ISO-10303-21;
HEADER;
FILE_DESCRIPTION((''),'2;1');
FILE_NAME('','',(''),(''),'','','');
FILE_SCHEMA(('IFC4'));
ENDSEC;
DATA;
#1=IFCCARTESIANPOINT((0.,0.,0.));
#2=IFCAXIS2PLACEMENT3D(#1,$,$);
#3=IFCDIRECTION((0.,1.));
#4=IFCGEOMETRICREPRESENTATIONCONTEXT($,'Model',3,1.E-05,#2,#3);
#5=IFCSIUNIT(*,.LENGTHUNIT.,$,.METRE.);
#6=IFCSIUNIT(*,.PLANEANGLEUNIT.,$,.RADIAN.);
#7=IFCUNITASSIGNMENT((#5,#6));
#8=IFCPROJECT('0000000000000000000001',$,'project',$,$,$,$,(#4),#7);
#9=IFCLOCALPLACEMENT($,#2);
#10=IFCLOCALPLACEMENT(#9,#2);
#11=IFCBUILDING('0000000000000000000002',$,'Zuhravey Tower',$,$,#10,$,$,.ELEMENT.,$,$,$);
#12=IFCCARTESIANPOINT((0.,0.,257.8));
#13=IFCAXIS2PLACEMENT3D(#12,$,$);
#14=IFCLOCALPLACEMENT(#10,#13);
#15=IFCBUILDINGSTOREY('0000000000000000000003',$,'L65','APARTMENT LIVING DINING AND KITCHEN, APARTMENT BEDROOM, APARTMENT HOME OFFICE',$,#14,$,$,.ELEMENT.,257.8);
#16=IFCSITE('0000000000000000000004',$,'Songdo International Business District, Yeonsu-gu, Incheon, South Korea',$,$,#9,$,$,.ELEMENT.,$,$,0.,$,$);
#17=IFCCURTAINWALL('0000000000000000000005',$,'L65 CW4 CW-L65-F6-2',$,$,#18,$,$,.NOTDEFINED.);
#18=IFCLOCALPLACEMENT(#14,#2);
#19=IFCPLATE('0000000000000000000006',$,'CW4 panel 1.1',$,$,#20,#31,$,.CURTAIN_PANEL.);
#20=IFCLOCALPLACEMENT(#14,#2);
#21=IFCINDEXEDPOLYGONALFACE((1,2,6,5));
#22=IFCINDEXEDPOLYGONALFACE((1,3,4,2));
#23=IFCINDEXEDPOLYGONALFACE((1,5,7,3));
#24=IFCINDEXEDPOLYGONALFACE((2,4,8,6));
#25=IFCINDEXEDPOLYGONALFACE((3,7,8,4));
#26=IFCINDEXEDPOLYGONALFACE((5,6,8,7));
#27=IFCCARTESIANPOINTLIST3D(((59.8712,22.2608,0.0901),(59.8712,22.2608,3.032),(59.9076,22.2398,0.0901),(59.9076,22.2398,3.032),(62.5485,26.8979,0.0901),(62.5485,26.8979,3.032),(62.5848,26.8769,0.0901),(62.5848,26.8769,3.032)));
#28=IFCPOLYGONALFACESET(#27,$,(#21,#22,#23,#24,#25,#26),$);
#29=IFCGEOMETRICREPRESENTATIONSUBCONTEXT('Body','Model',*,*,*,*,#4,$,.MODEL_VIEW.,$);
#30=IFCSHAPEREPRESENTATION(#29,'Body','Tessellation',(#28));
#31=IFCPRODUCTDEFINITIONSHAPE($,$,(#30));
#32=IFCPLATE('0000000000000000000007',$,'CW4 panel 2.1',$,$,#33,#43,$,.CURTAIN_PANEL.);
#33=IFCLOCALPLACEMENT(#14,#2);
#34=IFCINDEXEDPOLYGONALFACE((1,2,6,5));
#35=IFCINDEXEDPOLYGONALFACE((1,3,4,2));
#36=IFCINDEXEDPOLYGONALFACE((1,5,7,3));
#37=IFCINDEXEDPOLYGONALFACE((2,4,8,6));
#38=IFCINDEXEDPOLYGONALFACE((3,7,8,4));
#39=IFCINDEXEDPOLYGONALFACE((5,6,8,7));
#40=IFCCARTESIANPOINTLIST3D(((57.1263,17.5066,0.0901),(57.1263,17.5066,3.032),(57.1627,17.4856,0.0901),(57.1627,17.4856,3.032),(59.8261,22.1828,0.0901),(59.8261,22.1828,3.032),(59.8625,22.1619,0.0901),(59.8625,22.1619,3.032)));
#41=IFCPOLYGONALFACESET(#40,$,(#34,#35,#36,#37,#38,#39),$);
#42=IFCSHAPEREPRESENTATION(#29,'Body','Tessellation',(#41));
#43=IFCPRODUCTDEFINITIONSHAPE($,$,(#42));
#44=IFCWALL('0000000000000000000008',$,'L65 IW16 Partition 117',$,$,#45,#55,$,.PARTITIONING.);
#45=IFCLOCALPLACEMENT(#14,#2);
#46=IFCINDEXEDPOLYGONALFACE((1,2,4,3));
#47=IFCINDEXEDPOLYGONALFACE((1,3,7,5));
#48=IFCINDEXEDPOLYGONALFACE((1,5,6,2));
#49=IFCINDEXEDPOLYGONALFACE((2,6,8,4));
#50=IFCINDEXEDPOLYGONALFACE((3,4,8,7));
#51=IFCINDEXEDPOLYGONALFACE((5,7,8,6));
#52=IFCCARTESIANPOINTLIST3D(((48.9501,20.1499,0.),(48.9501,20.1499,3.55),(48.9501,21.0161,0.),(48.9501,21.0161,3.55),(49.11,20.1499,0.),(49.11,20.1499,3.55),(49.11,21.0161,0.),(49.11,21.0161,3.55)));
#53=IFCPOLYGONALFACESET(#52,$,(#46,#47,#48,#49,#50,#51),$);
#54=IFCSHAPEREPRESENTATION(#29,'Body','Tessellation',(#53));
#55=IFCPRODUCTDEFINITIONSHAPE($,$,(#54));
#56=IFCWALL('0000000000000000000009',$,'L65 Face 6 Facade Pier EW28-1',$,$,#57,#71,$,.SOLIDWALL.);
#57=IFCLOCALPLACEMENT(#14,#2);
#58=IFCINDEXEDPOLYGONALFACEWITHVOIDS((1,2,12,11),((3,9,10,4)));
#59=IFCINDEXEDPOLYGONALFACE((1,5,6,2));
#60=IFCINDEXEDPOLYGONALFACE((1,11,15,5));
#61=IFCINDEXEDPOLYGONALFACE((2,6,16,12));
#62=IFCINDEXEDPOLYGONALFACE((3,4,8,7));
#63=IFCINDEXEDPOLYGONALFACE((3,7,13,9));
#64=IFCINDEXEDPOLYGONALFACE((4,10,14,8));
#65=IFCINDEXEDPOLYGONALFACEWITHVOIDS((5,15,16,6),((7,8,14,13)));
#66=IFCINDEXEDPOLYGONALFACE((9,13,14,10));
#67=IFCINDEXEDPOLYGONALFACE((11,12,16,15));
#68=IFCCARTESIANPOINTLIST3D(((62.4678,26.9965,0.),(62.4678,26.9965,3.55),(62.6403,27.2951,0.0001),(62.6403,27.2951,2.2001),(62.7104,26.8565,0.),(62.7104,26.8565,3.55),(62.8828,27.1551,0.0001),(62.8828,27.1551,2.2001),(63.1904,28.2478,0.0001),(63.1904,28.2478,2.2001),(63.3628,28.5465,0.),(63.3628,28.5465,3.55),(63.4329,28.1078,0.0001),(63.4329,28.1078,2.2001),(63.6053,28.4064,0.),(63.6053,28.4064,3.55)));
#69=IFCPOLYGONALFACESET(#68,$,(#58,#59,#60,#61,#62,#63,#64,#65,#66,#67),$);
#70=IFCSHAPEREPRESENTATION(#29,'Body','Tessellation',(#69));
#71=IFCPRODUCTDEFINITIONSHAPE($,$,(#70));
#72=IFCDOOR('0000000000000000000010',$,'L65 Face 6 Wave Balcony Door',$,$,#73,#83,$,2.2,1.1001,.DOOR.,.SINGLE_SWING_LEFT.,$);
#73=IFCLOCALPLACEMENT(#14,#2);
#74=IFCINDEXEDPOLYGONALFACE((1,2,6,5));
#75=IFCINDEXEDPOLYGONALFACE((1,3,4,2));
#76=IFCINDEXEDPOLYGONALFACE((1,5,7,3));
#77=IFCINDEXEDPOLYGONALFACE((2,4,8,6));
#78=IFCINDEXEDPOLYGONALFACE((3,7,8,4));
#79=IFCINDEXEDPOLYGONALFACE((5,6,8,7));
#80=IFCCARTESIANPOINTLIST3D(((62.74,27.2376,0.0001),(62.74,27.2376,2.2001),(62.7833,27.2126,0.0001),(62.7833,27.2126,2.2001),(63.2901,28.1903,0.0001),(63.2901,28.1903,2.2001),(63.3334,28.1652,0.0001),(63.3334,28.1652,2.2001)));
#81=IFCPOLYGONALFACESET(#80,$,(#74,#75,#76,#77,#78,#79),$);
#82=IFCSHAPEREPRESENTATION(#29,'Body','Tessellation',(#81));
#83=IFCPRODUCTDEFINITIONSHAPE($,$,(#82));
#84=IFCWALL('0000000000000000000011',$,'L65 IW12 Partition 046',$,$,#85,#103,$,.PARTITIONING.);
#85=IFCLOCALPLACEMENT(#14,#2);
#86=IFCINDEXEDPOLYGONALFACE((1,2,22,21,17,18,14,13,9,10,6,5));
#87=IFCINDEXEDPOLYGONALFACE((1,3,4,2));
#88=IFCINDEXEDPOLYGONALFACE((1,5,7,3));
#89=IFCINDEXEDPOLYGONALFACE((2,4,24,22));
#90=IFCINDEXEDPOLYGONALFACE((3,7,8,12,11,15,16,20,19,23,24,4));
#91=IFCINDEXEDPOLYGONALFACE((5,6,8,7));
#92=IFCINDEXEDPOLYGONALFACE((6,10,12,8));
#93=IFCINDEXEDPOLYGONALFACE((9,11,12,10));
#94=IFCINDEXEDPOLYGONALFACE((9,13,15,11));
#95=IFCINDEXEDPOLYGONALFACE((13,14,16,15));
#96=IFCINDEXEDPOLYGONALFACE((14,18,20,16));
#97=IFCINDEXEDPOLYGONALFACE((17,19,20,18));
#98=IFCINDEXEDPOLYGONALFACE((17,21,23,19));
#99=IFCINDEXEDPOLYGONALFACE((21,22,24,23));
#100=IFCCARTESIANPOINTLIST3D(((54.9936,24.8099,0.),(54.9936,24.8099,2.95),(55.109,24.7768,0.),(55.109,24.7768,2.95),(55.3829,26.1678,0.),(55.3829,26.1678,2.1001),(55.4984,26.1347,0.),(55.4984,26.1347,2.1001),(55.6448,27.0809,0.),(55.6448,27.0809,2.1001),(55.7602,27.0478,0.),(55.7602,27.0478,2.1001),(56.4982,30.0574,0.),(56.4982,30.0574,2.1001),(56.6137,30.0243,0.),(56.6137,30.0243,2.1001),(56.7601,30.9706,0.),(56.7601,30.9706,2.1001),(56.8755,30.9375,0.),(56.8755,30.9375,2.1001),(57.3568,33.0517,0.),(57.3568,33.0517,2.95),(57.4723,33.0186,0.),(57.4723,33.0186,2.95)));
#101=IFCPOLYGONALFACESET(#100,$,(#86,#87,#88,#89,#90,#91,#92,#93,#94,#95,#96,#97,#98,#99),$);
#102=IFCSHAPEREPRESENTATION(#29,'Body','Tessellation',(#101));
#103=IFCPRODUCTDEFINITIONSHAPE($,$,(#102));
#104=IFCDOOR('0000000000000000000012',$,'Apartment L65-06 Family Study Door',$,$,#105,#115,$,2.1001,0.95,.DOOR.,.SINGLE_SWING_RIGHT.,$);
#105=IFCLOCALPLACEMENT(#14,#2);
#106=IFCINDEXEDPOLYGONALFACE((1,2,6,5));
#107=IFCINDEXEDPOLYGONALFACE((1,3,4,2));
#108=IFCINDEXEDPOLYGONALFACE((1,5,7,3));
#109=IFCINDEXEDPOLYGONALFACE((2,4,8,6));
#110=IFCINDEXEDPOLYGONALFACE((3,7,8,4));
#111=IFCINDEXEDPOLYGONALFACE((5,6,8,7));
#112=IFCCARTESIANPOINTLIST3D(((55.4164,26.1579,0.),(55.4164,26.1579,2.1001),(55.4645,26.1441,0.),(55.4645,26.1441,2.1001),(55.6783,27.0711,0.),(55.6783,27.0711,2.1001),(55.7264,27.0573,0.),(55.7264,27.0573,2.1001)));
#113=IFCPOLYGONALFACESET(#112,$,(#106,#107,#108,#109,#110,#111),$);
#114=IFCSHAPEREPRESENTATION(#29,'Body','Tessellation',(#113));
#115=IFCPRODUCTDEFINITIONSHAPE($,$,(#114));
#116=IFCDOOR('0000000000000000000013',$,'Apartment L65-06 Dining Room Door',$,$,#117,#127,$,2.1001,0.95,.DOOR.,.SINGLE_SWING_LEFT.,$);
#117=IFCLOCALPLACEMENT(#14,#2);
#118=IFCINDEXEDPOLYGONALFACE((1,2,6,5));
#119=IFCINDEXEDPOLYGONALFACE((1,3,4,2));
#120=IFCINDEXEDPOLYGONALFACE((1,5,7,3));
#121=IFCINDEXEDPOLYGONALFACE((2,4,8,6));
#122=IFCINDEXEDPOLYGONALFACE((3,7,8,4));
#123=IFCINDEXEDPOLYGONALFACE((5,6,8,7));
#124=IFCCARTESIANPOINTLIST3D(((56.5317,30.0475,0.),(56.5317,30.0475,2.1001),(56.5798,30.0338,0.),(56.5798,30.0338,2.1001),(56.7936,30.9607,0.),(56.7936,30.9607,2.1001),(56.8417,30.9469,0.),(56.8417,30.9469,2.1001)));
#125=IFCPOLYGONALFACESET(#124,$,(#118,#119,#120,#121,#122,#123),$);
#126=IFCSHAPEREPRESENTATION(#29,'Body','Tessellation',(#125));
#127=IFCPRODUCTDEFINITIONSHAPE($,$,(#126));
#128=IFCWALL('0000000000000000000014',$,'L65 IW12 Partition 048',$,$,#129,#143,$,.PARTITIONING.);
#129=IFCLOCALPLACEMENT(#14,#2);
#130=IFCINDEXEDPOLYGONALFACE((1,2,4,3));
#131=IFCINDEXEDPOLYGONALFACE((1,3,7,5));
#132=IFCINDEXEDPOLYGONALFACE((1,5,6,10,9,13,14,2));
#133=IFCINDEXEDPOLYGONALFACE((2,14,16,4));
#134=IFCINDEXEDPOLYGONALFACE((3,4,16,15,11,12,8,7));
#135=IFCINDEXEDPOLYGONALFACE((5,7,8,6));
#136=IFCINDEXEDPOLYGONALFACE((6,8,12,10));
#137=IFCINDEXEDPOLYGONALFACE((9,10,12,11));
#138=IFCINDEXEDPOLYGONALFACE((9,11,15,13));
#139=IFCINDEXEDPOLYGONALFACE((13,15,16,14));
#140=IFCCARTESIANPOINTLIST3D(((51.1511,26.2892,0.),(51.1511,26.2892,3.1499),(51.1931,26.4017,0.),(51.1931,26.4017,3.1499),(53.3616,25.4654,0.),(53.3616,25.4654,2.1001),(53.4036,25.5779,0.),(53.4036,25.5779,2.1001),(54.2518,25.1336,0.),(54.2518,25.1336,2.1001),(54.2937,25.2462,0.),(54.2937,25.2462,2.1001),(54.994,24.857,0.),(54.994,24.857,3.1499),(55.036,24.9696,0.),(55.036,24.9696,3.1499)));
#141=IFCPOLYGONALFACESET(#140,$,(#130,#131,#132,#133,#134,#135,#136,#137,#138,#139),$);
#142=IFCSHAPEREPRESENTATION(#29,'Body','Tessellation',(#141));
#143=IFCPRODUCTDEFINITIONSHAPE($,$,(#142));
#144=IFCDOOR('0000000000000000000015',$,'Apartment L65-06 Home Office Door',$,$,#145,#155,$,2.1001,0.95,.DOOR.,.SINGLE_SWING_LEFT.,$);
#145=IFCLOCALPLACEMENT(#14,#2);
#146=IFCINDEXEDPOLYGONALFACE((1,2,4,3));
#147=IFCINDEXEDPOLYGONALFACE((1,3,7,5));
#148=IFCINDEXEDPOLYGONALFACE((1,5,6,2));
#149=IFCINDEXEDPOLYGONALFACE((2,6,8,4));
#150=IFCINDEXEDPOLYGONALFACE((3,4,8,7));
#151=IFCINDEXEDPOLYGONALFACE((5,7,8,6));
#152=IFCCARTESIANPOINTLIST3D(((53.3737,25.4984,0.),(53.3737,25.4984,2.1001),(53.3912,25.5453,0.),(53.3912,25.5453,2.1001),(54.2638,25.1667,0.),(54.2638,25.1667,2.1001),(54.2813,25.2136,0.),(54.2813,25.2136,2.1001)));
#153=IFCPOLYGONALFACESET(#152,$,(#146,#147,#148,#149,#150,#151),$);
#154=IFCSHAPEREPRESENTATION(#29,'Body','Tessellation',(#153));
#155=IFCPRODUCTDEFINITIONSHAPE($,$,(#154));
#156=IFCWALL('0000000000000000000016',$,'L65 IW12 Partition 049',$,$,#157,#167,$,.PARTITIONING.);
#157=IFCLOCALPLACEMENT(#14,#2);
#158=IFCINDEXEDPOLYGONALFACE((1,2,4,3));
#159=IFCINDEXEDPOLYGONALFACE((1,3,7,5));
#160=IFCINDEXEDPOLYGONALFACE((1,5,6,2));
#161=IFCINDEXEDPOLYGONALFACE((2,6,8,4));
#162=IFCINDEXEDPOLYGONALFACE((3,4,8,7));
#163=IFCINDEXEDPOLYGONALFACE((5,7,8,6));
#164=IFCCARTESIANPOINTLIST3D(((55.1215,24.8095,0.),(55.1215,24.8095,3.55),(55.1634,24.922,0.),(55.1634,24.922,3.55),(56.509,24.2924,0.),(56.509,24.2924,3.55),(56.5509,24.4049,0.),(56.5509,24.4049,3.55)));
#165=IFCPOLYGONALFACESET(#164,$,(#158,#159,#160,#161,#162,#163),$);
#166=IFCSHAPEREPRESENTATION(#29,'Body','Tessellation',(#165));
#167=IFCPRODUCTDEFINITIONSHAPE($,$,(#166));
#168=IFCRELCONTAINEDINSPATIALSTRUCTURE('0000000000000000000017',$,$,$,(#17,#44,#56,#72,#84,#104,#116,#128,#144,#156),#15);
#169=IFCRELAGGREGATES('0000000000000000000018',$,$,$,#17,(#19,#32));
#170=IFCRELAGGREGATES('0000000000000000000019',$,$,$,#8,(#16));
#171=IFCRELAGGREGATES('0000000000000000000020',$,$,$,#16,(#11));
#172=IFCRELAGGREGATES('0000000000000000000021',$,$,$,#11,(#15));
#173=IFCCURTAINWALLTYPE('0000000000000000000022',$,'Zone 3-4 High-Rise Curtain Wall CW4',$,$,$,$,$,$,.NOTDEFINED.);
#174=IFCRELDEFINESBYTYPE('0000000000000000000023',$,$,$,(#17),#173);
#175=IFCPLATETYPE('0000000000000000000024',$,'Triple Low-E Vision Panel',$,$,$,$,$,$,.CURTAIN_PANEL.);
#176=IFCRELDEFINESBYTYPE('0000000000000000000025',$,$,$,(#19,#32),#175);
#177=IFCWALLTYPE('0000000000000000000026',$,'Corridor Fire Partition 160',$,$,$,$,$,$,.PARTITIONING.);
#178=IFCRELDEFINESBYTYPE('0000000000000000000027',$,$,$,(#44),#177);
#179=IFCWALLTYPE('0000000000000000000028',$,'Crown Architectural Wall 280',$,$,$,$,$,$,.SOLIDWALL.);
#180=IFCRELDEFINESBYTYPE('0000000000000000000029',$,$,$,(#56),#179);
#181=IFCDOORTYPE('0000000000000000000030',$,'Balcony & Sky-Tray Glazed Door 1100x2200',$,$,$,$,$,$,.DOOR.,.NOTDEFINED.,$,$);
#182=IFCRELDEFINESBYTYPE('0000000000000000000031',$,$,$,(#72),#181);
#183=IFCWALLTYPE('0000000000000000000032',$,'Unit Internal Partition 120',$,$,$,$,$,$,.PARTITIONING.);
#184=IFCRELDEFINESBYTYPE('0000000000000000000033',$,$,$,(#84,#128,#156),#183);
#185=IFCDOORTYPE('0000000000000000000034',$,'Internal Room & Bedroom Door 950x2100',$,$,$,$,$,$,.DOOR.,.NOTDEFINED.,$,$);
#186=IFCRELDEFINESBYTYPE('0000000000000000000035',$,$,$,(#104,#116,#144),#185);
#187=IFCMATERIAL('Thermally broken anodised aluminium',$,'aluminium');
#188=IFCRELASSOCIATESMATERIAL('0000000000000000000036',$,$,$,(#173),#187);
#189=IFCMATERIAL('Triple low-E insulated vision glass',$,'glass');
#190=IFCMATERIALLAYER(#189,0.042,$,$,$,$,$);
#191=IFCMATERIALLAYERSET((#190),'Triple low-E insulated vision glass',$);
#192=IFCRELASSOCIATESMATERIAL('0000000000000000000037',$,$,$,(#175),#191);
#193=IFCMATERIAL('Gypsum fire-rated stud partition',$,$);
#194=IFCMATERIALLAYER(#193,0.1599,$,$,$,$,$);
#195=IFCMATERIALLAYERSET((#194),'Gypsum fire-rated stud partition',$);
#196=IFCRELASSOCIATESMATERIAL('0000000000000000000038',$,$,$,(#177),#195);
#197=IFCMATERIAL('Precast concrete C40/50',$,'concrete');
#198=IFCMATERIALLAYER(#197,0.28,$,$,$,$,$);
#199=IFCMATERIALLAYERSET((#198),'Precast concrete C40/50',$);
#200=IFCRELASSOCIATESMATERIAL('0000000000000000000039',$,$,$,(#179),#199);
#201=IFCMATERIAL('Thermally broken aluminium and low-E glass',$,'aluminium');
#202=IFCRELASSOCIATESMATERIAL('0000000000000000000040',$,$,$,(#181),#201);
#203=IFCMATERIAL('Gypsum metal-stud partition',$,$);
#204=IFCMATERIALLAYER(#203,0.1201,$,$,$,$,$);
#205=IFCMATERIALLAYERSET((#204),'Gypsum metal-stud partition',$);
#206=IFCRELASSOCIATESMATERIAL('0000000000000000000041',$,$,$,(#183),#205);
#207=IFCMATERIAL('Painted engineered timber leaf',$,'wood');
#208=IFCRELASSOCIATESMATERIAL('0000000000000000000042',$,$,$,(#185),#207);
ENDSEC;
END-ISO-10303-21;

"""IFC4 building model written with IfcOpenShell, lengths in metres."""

from ifc_helpers import new_model, si_unit, direction, frame, frame_2d, origin, origin_2d, place, context, subcontext, project, spatial, rectangle, extrude, material, layer, layer_set, type_object, element, fill, aggregate, save


model = new_model("IFC4")

# Units and contexts
model_context = context("Model", 3, precision=1e-05, world=origin(), true_north=direction((0.0, 1.0)))
body_context = subcontext(model_context, "Body", "Model", "MODEL_VIEW")
ifc_project = project(units=[si_unit("LENGTHUNIT", "METRE"), si_unit("PLANEANGLEUNIT", "RADIAN")], contexts=[model_context])

# Site, building, storey
site_placement = place(None, origin())
site = spatial("IfcSite", under=ifc_project, at=site_placement, Name="Songdo International Business District, Yeonsu-gu, Incheon, South Korea", CompositionType="ELEMENT", RefElevation=0.0)
building_placement = place(site_placement, origin())
building = spatial("IfcBuilding", under=site, at=building_placement, Name="Zuhravey Tower", CompositionType="ELEMENT")
storey_placement = place(building_placement, frame((0.0, 0.0, 257.8)))
storey = spatial("IfcBuildingStorey", under=building, at=storey_placement, Name="L65", Description="APARTMENT LIVING DINING AND KITCHEN, APARTMENT BEDROOM, APARTMENT HOME OFFICE", CompositionType="ELEMENT", Elevation=257.8)

# Shared definitions
ifc_material_1 = material(Name="Thermally broken anodised aluminium", Category="aluminium")
curtain_wall_type = type_object("IfcCurtainWallType", Name="Zone 3-4 High-Rise Curtain Wall CW4", PredefinedType="NOTDEFINED", material=ifc_material_1)

# Curtain wall
curtain_wall_1_placement = place(storey_placement, origin())
curtain_wall_1 = element("IfcCurtainWall", 1, at=curtain_wall_1_placement, inside=storey, type_object=curtain_wall_type, Name="L65 CW4 CW-L65-F6-2", PredefinedType="NOTDEFINED")

# Plates
ifc_material_2 = material(Name="Triple low-E insulated vision glass", Category="glass")
ifc_layer_1 = layer(ifc_material_2, 0.042)
ifc_layer_set_1 = layer_set([ifc_layer_1], Name="Triple low-E insulated vision glass")
plate_type = type_object("IfcPlateType", Name="Triple Low-E Vision Panel", PredefinedType="CURTAIN_PANEL", material=ifc_layer_set_1)
plate_1_placement = place(storey_placement, frame((61.228, 24.5688, 0.0901), z_axis=(0.0, 0.0, 1.0), x_axis=(-0.500001, -0.866025, 0.0)))
plate_1 = element("IfcPlate", 2, at=plate_1_placement, type_object=plate_type, Name="CW4 panel 1.1", PredefinedType="CURTAIN_PANEL", context=body_context, shape_type="SweptSolid", body=[
    extrude(rectangle(XDim=5.3545, YDim=0.042, at=origin_2d()), origin(), (0.0, 0.0, 1.0), 2.9419),
])
plate_2_placement = place(storey_placement, frame((58.4944, 19.8342, 0.0901), z_axis=(0.0, 0.0, 1.0), x_axis=(-0.500001, -0.866025, 0.0)))
plate_2 = element("IfcPlate", 3, at=plate_2_placement, type_object=plate_type, Name="CW4 panel 2.1", PredefinedType="CURTAIN_PANEL", context=body_context, shape_type="SweptSolid", body=[
    extrude(rectangle(XDim=5.3997, YDim=0.042, at=origin_2d()), origin(), (0.0, 0.0, 1.0), 2.9419),
])
aggregate(curtain_wall_1, [plate_1, plate_2])

# Wall
ifc_material_3 = material(Name="Gypsum fire-rated stud partition")
ifc_layer_2 = layer(ifc_material_3, 0.1599)
ifc_layer_set_2 = layer_set([ifc_layer_2], Name="Gypsum fire-rated stud partition")
wall_type_1 = type_object("IfcWallType", Name="Corridor Fire Partition 160", PredefinedType="PARTITIONING", material=ifc_layer_set_2)
wall_1_placement = place(storey_placement, frame((49.03, 20.1499, 0.0), z_axis=(0.0, 0.0, 1.0), x_axis=(0.0, 1.0, 0.0)))
element("IfcWall", 4, at=wall_1_placement, inside=storey, type_object=wall_type_1, Name="L65 IW16 Partition 117", PredefinedType="PARTITIONING", context=body_context, shape_type="SweptSolid", body=[
    extrude(rectangle(XDim=0.8662, YDim=0.1599, at=frame_2d((0.4331, 0.0))), origin(), (0.0, 0.0, 1.0), 3.55),
])

# Wall, opening, door
ifc_material_4 = material(Name="Precast concrete C40/50", Category="concrete")
ifc_layer_3 = layer(ifc_material_4, 0.28)
ifc_layer_set_3 = layer_set([ifc_layer_3], Name="Precast concrete C40/50")
wall_type_2 = type_object("IfcWallType", Name="Crown Architectural Wall 280", PredefinedType="SOLIDWALL", material=ifc_layer_set_3)
wall_2_placement = place(storey_placement, frame((63.4841, 28.4766, 0.0), z_axis=(0.0, 0.0, 1.0), x_axis=(-0.500041, -0.866002, 0.0)))
wall_2 = element("IfcWall", 5, at=wall_2_placement, inside=storey, type_object=wall_type_2, Name="L65 Face 6 Facade Pier EW28-1", PredefinedType="SOLIDWALL", context=body_context, shape_type="SweptSolid", body=[
    extrude(rectangle(XDim=1.7898, YDim=0.28, at=frame_2d((0.895, 0.0))), origin(), (0.0, 0.0, 1.0), 3.55),
])
opening_1_placement = place(wall_2_placement, frame((0.345, 0.0, 0.0)))
opening_1 = element("IfcOpeningElement", 6, at=opening_1_placement, cuts=wall_2, PredefinedType="OPENING", context=body_context, shape_type="SweptSolid", body=[
    extrude(rectangle(XDim=1.1001, YDim=2.2, at=frame_2d((0.55, 1.1001))), frame((0.0, 0.1521, 0.0), z_axis=(0.0, -1.0, 0.0), x_axis=(1.0, 0.0, 0.0)), (0.0, 0.0, 1.0), 0.304),
])
ifc_material_5 = material(Name="Thermally broken aluminium and low-E glass", Category="aluminium")
door_type_1 = type_object("IfcDoorType", Name="Balcony & Sky-Tray Glazed Door 1100x2200", OperationType="NOTDEFINED", PredefinedType="DOOR", material=ifc_material_5)
door_1_placement = place(opening_1_placement, frame((1.1001, 0.0, 0.0), z_axis=(0.0, 0.0, 1.0), x_axis=(-1.0, 0.0, 0.0)))
door_1 = element("IfcDoor", 7, at=door_1_placement, inside=storey, type_object=door_type_1, Name="L65 Face 6 Wave Balcony Door", OperationType="SINGLE_SWING_LEFT", OverallHeight=2.2, OverallWidth=1.1001, PredefinedType="DOOR", context=body_context, shape_type="SweptSolid", body=[
    extrude(rectangle(XDim=1.1001, YDim=2.2, at=frame_2d((0.55, 1.1001))), frame((0.0, 0.0249, 0.0), z_axis=(0.0, -1.0, 0.0), x_axis=(1.0, 0.0, 0.0)), (0.0, 0.0, 1.0), 0.05),
])
fill(opening_1, door_1)

# Wall, openings, doors
ifc_material_6 = material(Name="Gypsum metal-stud partition")
ifc_layer_4 = layer(ifc_material_6, 0.1201)
ifc_layer_set_4 = layer_set([ifc_layer_4], Name="Gypsum metal-stud partition")
wall_type_3 = type_object("IfcWallType", Name="Unit Internal Partition 120", PredefinedType="PARTITIONING", material=ifc_layer_set_4)
wall_3_placement = place(storey_placement, frame((55.0513, 24.7932, 0.0), z_axis=(0.0, 0.0, 1.0), x_axis=(0.275631, 0.961263, 0.0)))
wall_3 = element("IfcWall", 8, at=wall_3_placement, inside=storey, type_object=wall_type_3, Name="L65 IW12 Partition 046", PredefinedType="PARTITIONING", context=body_context, shape_type="SweptSolid", body=[
    extrude(rectangle(XDim=8.574, YDim=0.1201, at=frame_2d((4.2871, 0.0))), origin(), (0.0, 0.0, 1.0), 2.95),
])
opening_2_placement = place(wall_3_placement, frame((1.4126, 0.0, 0.0)))
opening_2 = element("IfcOpeningElement", 9, at=opening_2_placement, cuts=wall_3, PredefinedType="OPENING", context=body_context, shape_type="SweptSolid", body=[
    extrude(rectangle(XDim=0.95, YDim=2.1001, at=frame_2d((0.4751, 1.05))), frame((0.0, 0.072, 0.0), z_axis=(0.0, -1.0, 0.0), x_axis=(1.0, 0.0, 0.0)), (0.0, 0.0, 1.0), 0.144),
])
opening_3_placement = place(wall_3_placement, frame((5.459, 0.0, 0.0)))
opening_3 = element("IfcOpeningElement", 10, at=opening_3_placement, cuts=wall_3, PredefinedType="OPENING", context=body_context, shape_type="SweptSolid", body=[
    extrude(rectangle(XDim=0.95, YDim=2.1001, at=frame_2d((0.4751, 1.05))), frame((0.0, 0.072, 0.0), z_axis=(0.0, -1.0, 0.0), x_axis=(1.0, 0.0, 0.0)), (0.0, 0.0, 1.0), 0.144),
])
ifc_material_7 = material(Name="Painted engineered timber leaf", Category="wood")
door_type_2 = type_object("IfcDoorType", Name="Internal Room & Bedroom Door 950x2100", OperationType="NOTDEFINED", PredefinedType="DOOR", material=ifc_material_7)
door_2_placement = place(opening_2_placement, frame((0.95, 0.0, 0.0), z_axis=(0.0, 0.0, 1.0), x_axis=(-1.0, 0.0, 0.0)))
door_2 = element("IfcDoor", 11, at=door_2_placement, inside=storey, type_object=door_type_2, Name="Apartment L65-06 Family Study Door", OperationType="SINGLE_SWING_RIGHT", OverallHeight=2.1001, OverallWidth=0.95, PredefinedType="DOOR", context=body_context, shape_type="SweptSolid", body=[
    extrude(rectangle(XDim=0.95, YDim=2.1001, at=frame_2d((0.4751, 1.05))), frame((0.0, 0.0249, 0.0), z_axis=(0.0, -1.0, 0.0), x_axis=(1.0, 0.0, 0.0)), (0.0, 0.0, 1.0), 0.05),
])
fill(opening_2, door_2)
door_3_placement = place(opening_3_placement, frame((0.95, 0.0, 0.0), z_axis=(0.0, 0.0, 1.0), x_axis=(-1.0, 0.0, 0.0)))
door_3 = element("IfcDoor", 12, at=door_3_placement, inside=storey, type_object=door_type_2, Name="Apartment L65-06 Dining Room Door", OperationType="SINGLE_SWING_LEFT", OverallHeight=2.1001, OverallWidth=0.95, PredefinedType="DOOR", context=body_context, shape_type="SweptSolid", body=[
    extrude(rectangle(XDim=0.95, YDim=2.1001, at=frame_2d((0.4751, 1.05))), frame((0.0, 0.0249, 0.0), z_axis=(0.0, -1.0, 0.0), x_axis=(1.0, 0.0, 0.0)), (0.0, 0.0, 1.0), 0.05),
])
fill(opening_3, door_3)

# Wall, opening, door
wall_4_placement = place(storey_placement, frame((51.1721, 26.3455, 0.0), z_axis=(0.0, 0.0, 1.0), x_axis=(0.937042, -0.349218, 0.0)))
wall_4 = element("IfcWall", 13, at=wall_4_placement, inside=storey, type_object=wall_type_3, Name="L65 IW12 Partition 048", PredefinedType="PARTITIONING", context=body_context, shape_type="SweptSolid", body=[
    extrude(rectangle(XDim=4.1011, YDim=0.1201, at=frame_2d((2.0505, 0.0))), origin(), (0.0, 0.0, 1.0), 3.1499),
])
opening_4_placement = place(wall_4_placement, frame((2.3589, 0.0, 0.0)))
opening_4 = element("IfcOpeningElement", 14, at=opening_4_placement, cuts=wall_4, PredefinedType="OPENING", context=body_context, shape_type="SweptSolid", body=[
    extrude(rectangle(XDim=0.95, YDim=2.1001, at=frame_2d((0.4751, 1.05))), frame((0.0, 0.072, 0.0), z_axis=(0.0, -1.0, 0.0), x_axis=(1.0, 0.0, 0.0)), (0.0, 0.0, 1.0), 0.144),
])
door_4_placement = place(opening_4_placement, frame((0.95, 0.0, 0.0), z_axis=(0.0, 0.0, 1.0), x_axis=(-1.0, 0.0, 0.0)))
door_4 = element("IfcDoor", 15, at=door_4_placement, inside=storey, type_object=door_type_2, Name="Apartment L65-06 Home Office Door", OperationType="SINGLE_SWING_LEFT", OverallHeight=2.1001, OverallWidth=0.95, PredefinedType="DOOR", context=body_context, shape_type="SweptSolid", body=[
    extrude(rectangle(XDim=0.95, YDim=2.1001, at=frame_2d((0.4751, 1.05))), frame((0.0, 0.0249, 0.0), z_axis=(0.0, -1.0, 0.0), x_axis=(1.0, 0.0, 0.0)), (0.0, 0.0, 1.0), 0.05),
])
fill(opening_4, door_4)

# Wall
wall_5_placement = place(storey_placement, frame((55.1426, 24.8657, 0.0), z_axis=(0.0, 0.0, 1.0), x_axis=(0.937039, -0.349225, 0.0)))
element("IfcWall", 16, at=wall_5_placement, inside=storey, type_object=wall_type_3, Name="L65 IW12 Partition 049", PredefinedType="PARTITIONING", context=body_context, shape_type="SweptSolid", body=[
    extrude(rectangle(XDim=1.4807, YDim=0.1201, at=frame_2d((0.7402, 0.0))), origin(), (0.0, 0.0, 1.0), 3.55),
])

save(model, "model.ifc")
